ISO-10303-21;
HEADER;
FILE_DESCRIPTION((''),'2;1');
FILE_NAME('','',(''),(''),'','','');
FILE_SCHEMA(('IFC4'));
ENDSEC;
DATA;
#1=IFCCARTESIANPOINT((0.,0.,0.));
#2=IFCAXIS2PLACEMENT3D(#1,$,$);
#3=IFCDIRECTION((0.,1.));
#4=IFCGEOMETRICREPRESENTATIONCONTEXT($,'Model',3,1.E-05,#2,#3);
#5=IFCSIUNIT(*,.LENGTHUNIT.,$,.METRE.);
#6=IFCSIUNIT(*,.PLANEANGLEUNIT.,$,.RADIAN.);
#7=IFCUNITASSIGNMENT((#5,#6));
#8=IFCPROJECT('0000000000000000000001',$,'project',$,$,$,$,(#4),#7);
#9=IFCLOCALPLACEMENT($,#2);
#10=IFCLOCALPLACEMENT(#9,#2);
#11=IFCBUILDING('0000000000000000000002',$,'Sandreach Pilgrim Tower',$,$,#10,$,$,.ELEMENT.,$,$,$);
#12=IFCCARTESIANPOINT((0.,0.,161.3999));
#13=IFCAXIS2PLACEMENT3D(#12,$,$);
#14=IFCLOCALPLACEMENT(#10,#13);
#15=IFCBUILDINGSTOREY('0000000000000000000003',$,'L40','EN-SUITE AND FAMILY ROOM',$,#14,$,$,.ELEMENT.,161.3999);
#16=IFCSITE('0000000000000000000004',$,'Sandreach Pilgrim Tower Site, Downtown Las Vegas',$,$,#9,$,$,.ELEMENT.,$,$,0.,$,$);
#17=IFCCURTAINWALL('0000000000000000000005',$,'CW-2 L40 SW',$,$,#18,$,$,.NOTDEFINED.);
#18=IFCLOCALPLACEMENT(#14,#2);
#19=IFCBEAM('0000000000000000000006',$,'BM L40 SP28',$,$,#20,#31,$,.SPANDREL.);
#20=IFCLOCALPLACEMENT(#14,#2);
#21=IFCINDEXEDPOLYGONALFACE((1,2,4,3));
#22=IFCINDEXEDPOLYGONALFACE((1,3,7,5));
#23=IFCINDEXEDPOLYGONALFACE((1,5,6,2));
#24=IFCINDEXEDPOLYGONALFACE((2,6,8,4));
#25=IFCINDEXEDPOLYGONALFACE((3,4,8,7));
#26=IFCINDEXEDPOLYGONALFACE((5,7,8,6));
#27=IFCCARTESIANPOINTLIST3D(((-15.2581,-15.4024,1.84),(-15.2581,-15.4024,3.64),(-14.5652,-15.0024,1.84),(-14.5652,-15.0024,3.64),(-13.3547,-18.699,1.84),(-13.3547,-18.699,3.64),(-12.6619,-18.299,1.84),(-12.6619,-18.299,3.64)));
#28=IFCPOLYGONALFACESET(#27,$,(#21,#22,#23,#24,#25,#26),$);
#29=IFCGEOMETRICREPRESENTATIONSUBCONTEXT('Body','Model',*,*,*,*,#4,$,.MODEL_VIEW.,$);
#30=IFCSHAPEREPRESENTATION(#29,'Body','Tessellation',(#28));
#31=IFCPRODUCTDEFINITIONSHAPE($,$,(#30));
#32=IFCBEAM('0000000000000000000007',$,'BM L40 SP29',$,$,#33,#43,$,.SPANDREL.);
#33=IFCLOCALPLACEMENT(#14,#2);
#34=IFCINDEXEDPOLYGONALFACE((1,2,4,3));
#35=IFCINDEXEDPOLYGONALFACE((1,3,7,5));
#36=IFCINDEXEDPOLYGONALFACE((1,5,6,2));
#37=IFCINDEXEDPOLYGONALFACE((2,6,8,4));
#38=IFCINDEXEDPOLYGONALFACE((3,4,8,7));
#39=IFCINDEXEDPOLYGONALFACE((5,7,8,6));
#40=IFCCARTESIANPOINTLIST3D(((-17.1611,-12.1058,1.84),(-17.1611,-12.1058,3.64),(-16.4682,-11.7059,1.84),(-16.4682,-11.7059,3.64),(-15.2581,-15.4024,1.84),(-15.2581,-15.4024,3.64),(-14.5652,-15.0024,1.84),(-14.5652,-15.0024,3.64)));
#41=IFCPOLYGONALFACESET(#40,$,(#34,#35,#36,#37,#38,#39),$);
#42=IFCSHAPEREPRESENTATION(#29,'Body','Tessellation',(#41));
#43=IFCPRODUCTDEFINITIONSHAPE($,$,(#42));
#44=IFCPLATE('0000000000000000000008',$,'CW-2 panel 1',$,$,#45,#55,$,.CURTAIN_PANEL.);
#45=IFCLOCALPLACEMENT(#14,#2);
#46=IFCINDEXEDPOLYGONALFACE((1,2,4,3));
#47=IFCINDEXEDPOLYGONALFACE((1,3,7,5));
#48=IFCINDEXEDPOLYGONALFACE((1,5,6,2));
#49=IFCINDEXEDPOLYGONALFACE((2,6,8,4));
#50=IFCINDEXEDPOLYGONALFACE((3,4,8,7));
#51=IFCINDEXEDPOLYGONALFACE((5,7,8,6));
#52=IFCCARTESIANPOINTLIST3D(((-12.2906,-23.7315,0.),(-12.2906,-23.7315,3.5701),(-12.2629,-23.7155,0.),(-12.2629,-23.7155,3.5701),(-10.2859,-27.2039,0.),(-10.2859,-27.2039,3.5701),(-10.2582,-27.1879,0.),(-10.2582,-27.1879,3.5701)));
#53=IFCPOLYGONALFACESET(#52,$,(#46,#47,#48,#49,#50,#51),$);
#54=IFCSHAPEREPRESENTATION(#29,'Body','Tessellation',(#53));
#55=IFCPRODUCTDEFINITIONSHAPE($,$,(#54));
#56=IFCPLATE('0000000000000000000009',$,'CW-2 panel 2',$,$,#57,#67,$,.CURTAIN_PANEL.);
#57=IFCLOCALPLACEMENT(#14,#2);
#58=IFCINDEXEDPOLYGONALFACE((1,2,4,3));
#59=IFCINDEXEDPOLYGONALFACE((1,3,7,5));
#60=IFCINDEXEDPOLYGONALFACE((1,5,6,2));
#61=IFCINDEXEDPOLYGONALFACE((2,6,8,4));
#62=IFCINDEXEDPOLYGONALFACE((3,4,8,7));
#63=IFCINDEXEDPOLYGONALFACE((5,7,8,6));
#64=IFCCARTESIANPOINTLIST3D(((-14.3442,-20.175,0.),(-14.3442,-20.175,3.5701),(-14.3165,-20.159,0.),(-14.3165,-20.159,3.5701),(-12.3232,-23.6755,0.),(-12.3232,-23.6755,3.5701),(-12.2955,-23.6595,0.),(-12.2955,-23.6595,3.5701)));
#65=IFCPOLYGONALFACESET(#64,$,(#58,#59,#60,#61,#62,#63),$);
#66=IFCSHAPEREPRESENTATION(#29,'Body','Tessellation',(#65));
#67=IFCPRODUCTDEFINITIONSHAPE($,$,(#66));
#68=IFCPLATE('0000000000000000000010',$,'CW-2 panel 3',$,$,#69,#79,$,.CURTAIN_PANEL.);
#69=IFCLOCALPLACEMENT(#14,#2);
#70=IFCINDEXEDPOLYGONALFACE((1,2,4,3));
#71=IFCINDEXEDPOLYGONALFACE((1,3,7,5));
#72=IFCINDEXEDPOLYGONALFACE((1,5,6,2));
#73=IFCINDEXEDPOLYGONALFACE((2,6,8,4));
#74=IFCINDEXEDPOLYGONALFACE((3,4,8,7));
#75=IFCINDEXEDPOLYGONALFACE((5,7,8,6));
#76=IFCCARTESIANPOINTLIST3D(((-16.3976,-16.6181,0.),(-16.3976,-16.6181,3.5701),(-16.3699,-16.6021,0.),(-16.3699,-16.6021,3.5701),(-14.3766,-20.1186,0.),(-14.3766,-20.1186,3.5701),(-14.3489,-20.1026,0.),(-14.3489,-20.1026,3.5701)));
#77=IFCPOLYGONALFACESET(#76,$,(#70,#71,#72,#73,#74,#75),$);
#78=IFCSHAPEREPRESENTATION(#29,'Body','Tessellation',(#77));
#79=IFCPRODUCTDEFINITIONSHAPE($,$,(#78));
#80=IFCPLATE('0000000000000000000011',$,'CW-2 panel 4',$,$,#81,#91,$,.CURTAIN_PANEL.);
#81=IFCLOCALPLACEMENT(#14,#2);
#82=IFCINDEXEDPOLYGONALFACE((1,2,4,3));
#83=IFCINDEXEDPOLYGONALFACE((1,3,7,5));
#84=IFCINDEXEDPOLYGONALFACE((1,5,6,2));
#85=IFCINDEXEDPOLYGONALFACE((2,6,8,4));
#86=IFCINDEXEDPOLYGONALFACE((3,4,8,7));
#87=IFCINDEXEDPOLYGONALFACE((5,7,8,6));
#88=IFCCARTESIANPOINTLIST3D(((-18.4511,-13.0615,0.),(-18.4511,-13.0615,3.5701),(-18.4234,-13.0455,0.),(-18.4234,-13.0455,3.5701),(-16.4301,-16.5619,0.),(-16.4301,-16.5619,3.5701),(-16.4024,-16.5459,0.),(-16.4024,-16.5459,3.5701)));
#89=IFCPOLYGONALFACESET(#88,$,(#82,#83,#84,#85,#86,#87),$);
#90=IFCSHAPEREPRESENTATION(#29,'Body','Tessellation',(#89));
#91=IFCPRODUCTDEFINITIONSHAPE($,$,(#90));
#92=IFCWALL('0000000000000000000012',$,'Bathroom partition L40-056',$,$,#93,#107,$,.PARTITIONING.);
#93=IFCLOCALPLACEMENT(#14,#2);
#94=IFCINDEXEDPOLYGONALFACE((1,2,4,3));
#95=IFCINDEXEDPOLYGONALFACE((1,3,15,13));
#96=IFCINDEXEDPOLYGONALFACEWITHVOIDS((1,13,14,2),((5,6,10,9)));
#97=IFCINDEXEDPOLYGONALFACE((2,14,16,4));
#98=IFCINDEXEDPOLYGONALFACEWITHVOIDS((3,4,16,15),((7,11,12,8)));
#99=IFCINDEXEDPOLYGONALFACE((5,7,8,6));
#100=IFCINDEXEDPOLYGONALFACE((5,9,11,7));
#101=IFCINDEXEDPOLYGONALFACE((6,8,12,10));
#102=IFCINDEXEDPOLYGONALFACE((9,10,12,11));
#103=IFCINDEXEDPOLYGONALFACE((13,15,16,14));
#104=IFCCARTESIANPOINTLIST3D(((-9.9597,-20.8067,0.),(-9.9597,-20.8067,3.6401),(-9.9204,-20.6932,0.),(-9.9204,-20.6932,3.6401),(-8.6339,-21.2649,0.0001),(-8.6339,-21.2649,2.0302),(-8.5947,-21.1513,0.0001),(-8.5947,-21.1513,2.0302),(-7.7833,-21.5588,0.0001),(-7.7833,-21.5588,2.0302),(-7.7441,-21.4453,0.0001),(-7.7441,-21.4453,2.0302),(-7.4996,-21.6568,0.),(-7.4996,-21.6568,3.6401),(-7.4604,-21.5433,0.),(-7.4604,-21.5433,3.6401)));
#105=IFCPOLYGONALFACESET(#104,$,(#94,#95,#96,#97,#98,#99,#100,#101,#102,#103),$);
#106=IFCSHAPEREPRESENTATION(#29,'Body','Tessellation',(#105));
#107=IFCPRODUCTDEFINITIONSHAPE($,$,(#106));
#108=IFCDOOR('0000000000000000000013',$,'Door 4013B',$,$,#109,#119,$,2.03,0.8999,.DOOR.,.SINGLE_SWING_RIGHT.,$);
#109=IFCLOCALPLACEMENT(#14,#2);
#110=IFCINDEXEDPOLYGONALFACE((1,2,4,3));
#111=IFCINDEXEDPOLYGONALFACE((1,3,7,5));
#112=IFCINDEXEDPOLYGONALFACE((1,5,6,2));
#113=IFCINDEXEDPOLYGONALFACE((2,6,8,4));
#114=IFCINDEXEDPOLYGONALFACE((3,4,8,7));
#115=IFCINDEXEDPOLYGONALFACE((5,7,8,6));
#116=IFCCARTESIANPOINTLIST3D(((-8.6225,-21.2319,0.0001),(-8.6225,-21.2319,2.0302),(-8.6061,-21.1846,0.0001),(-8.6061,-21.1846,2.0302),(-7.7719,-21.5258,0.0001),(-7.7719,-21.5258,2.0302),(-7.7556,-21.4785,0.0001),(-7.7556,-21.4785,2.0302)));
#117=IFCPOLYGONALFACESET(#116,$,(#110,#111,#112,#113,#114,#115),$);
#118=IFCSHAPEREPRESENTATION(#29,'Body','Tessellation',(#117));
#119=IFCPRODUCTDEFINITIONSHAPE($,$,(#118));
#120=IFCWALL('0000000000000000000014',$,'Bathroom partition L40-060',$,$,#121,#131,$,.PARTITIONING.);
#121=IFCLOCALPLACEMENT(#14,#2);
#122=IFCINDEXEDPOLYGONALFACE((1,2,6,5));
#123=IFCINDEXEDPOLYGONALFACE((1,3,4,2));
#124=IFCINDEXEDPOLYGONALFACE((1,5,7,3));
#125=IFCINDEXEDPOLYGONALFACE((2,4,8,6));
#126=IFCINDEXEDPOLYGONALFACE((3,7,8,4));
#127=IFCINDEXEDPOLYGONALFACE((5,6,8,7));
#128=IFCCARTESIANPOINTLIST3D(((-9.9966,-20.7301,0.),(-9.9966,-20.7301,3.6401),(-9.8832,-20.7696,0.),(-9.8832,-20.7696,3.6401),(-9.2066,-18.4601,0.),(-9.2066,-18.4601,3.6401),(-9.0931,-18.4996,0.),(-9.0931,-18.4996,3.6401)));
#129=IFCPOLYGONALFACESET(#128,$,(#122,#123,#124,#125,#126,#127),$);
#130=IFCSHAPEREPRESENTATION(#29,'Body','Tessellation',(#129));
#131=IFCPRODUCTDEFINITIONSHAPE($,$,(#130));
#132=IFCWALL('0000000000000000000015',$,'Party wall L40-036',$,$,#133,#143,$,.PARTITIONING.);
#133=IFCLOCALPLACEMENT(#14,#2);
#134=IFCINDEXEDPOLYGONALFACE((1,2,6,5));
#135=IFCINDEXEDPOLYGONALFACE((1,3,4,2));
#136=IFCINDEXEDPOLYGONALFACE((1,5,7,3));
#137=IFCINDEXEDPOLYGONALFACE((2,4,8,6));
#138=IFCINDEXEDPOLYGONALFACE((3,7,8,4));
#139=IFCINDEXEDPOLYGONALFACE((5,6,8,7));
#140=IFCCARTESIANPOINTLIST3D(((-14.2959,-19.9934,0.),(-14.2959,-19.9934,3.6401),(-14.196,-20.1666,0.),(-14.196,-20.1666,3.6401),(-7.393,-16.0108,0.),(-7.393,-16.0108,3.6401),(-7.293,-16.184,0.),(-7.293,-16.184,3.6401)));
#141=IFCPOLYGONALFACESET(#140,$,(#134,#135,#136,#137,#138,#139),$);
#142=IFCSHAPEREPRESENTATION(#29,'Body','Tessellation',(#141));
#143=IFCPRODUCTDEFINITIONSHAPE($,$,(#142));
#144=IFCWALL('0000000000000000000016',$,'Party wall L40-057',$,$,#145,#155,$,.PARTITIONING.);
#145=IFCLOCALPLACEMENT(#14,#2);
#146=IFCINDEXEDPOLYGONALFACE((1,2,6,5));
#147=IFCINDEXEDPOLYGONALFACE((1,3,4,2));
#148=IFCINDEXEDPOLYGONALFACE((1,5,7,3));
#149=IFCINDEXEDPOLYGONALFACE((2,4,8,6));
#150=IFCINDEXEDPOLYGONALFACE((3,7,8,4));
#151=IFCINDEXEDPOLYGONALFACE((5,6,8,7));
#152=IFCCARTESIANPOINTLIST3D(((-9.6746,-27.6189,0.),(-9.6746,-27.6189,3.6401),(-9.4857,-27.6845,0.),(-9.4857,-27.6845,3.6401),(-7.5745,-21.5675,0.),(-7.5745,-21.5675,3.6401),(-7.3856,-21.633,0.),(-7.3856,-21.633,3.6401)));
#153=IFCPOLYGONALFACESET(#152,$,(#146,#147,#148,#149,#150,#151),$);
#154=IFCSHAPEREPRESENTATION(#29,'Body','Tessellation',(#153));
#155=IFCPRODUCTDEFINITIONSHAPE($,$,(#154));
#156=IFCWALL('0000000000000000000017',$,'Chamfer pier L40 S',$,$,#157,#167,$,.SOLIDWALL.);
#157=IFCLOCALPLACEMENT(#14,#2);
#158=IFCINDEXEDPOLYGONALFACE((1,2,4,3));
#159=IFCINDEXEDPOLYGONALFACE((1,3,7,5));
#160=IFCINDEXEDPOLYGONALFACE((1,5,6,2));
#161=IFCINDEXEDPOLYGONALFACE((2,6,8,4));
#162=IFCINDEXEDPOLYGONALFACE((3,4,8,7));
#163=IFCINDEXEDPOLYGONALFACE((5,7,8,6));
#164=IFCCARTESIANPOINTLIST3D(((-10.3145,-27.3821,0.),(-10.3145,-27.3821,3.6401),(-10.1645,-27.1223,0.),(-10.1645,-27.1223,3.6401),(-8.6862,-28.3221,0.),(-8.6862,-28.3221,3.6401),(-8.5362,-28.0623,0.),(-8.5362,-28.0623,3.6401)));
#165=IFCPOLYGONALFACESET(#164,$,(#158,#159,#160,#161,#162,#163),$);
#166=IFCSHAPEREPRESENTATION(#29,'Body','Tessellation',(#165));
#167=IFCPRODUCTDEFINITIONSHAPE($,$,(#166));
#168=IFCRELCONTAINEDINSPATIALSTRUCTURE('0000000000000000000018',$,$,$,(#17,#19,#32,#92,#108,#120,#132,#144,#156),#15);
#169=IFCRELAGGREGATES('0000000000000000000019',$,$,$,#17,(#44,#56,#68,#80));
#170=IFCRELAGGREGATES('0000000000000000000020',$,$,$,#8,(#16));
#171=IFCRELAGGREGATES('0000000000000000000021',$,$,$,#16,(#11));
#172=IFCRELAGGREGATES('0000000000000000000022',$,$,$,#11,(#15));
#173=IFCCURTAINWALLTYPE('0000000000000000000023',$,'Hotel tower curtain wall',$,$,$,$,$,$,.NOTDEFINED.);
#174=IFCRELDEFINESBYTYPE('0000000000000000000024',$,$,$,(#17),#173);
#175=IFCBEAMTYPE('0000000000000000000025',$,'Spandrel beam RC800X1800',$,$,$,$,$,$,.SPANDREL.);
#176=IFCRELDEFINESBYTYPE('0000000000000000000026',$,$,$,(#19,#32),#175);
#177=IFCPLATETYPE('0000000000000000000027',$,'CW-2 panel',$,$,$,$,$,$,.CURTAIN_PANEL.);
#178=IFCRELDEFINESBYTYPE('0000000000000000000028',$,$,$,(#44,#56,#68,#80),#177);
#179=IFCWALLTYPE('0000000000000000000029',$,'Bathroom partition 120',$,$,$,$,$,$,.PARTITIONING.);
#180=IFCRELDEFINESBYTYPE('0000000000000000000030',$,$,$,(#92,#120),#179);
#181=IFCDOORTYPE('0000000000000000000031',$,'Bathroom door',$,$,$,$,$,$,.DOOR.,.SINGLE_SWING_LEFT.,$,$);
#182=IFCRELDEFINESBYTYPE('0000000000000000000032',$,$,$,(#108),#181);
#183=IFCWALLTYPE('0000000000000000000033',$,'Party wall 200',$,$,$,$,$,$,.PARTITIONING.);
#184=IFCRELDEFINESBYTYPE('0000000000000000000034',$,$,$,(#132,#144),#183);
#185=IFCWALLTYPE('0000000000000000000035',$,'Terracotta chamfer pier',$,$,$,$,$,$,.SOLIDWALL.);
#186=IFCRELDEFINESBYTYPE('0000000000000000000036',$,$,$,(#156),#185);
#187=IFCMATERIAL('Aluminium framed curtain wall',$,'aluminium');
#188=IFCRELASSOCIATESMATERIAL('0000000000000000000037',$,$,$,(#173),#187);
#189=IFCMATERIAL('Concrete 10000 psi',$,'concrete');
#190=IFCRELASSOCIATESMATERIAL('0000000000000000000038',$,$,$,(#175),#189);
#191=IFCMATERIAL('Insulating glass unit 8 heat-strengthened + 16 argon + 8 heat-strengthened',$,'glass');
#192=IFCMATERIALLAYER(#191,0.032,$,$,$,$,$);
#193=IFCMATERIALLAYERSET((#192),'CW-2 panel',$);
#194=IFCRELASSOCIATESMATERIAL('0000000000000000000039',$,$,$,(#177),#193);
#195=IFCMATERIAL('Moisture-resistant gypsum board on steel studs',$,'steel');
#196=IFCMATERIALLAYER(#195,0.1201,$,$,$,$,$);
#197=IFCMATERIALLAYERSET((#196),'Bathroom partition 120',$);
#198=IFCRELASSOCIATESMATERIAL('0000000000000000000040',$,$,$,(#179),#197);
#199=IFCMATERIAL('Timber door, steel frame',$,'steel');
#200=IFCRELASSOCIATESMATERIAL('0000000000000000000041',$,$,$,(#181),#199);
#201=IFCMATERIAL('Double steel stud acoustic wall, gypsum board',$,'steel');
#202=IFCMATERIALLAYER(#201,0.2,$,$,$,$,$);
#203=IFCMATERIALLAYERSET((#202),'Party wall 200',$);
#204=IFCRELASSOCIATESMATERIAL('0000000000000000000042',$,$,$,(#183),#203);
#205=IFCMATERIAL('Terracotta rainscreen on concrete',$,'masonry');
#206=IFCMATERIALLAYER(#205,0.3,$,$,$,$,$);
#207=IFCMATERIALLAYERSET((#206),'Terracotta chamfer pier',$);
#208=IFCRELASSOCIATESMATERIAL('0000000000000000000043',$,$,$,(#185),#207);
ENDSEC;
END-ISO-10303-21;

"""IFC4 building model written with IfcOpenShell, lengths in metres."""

from ifc_helpers import new_model, si_unit, direction, frame, frame_2d, origin, origin_2d, place, context, subcontext, project, spatial, rectangle, extrude, material, layer, layer_set, material_profile, profile_set, type_object, element, fill, aggregate, save


model = new_model("IFC4")

# Units and contexts
model_context = context("Model", 3, precision=1e-05, world=origin(), true_north=direction((0.0, 1.0)))
body_context = subcontext(model_context, "Body", "Model", "MODEL_VIEW")
ifc_project = project(units=[si_unit("LENGTHUNIT", "METRE"), si_unit("PLANEANGLEUNIT", "RADIAN")], contexts=[model_context])

# Site, building, storey
site_placement = place(None, origin())
site = spatial("IfcSite", under=ifc_project, at=site_placement, Name="Sandreach Pilgrim Tower Site, Downtown Las Vegas", CompositionType="ELEMENT", RefElevation=0.0)
building_placement = place(site_placement, origin())
building = spatial("IfcBuilding", under=site, at=building_placement, Name="Sandreach Pilgrim Tower", CompositionType="ELEMENT")
storey_placement = place(building_placement, frame((0.0, 0.0, 161.3999)))
storey = spatial("IfcBuildingStorey", under=building, at=storey_placement, Name="L40", Description="EN-SUITE AND FAMILY ROOM", CompositionType="ELEMENT", Elevation=161.3999)

# Shared definitions
ifc_material_1 = material(Name="Aluminium framed curtain wall", Category="aluminium")
curtain_wall_type = type_object("IfcCurtainWallType", Name="Hotel tower curtain wall", PredefinedType="NOTDEFINED", material=ifc_material_1)

# Curtain wall
curtain_wall_1_placement = place(storey_placement, origin())
curtain_wall_1 = element("IfcCurtainWall", 1, at=curtain_wall_1_placement, inside=storey, type_object=curtain_wall_type, Name="CW-2 L40 SW", PredefinedType="NOTDEFINED")

# Beams
ifc_material_2 = material(Name="Concrete 10000 psi", Category="concrete")
ifc_material_profile_1 = material_profile(ifc_material_2, rectangle(XDim=0.8, YDim=1.8, at=origin_2d()), Name="RC800X1800")
ifc_profile_set_1 = profile_set([ifc_material_profile_1], Name="Concrete 10000 psi")
beam_type_1 = type_object("IfcBeamType", Name="Spandrel beam RC800X1800", PredefinedType="SPANDREL", material=ifc_profile_set_1)
beam_1_placement = place(storey_placement, frame((-13.0083, -18.499, 2.74), z_axis=(-0.500002, 0.866024, 0.0), x_axis=(-0.866024, -0.500002, 0.0)))
element("IfcBeam", 2, at=beam_1_placement, inside=storey, type_object=beam_type_1, Name="BM L40 SP28", PredefinedType="SPANDREL", context=body_context, shape_type="SweptSolid", body=[
    extrude(rectangle(XDim=0.8, YDim=1.8, at=origin_2d()), origin(), (0.0, 0.0, 1.0), 3.8066),
])
beam_2_placement = place(storey_placement, frame((-14.9116, -15.2024, 2.74), z_axis=(-0.499954, 0.866052, 0.0), x_axis=(-0.866052, -0.499954, 0.0)))
element("IfcBeam", 3, at=beam_2_placement, inside=storey, type_object=beam_type_1, Name="BM L40 SP29", PredefinedType="SPANDREL", context=body_context, shape_type="SweptSolid", body=[
    extrude(rectangle(XDim=0.8, YDim=1.8, at=origin_2d()), origin(), (0.0, 0.0, 1.0), 3.8064),
])

# Plates
ifc_material_3 = material(Name="Insulating glass unit 8 heat-strengthened + 16 argon + 8 heat-strengthened", Category="glass")
ifc_layer_1 = layer(ifc_material_3, 0.032)
ifc_layer_set_1 = layer_set([ifc_layer_1], Name="CW-2 panel")
plate_type = type_object("IfcPlateType", Name="CW-2 panel", PredefinedType="CURTAIN_PANEL", material=ifc_layer_set_1)
plate_1_placement = place(storey_placement, frame((-11.2744, -25.4597, 0.0), z_axis=(0.0, 0.0, 1.0), x_axis=(-0.5, 0.866025, 0.0)))
plate_1 = element("IfcPlate", 4, at=plate_1_placement, type_object=plate_type, Name="CW-2 panel 1", PredefinedType="CURTAIN_PANEL", context=body_context, shape_type="SweptSolid", body=[
    extrude(rectangle(XDim=4.0095, YDim=0.032, at=origin_2d()), origin(), (0.0, 0.0, 1.0), 3.5701),
])
plate_2_placement = place(storey_placement, frame((-13.3198, -21.9172, 0.0), z_axis=(0.0, 0.0, 1.0), x_axis=(-0.5, 0.866025, 0.0)))
plate_2 = element("IfcPlate", 5, at=plate_2_placement, type_object=plate_type, Name="CW-2 panel 2", PredefinedType="CURTAIN_PANEL", context=body_context, shape_type="SweptSolid", body=[
    extrude(rectangle(XDim=4.042, YDim=0.032, at=origin_2d()), origin(), (0.0, 0.0, 1.0), 3.5701),
])
plate_3_placement = place(storey_placement, frame((-15.3733, -18.3604, 0.0), z_axis=(0.0, 0.0, 1.0), x_axis=(-0.5, 0.866025, 0.0)))
plate_3 = element("IfcPlate", 6, at=plate_3_placement, type_object=plate_type, Name="CW-2 panel 3", PredefinedType="CURTAIN_PANEL", context=body_context, shape_type="SweptSolid", body=[
    extrude(rectangle(XDim=4.042, YDim=0.032, at=origin_2d()), origin(), (0.0, 0.0, 1.0), 3.5701),
])
plate_4_placement = place(storey_placement, frame((-17.4268, -14.8037, 0.0), z_axis=(0.0, 0.0, 1.0), x_axis=(-0.5, 0.866025, 0.0)))
plate_4 = element("IfcPlate", 7, at=plate_4_placement, type_object=plate_type, Name="CW-2 panel 4", PredefinedType="CURTAIN_PANEL", context=body_context, shape_type="SweptSolid", body=[
    extrude(rectangle(XDim=4.042, YDim=0.032, at=origin_2d()), origin(), (0.0, 0.0, 1.0), 3.5701),
])
aggregate(curtain_wall_1, [plate_1, plate_2, plate_3, plate_4])

# Wall, opening, door
ifc_material_4 = material(Name="Moisture-resistant gypsum board on steel studs", Category="steel")
ifc_layer_2 = layer(ifc_material_4, 0.1201)
ifc_layer_set_2 = layer_set([ifc_layer_2], Name="Bathroom partition 120")
wall_type_1 = type_object("IfcWallType", Name="Bathroom partition 120", PredefinedType="PARTITIONING", material=ifc_layer_set_2)
wall_1_placement = place(storey_placement, frame((-9.9399, -20.75, 0.0), z_axis=(0.0, 0.0, 1.0), x_axis=(0.945155, -0.326621, 0.0)))
wall_1 = element("IfcWall", 8, at=wall_1_placement, inside=storey, type_object=wall_type_1, Name="Bathroom partition L40-056", PredefinedType="PARTITIONING", context=body_context, shape_type="SweptSolid", body=[
    extrude(rectangle(XDim=2.6028, YDim=0.1201, at=frame_2d((1.3013, 0.0))), origin(), (0.0, 0.0, 1.0), 3.6401),
])
opening_placement = place(wall_1_placement, frame((1.4026, 0.0, 0.0)))
opening = element("IfcOpeningElement", 9, at=opening_placement, cuts=wall_1, PredefinedType="OPENING", context=body_context, shape_type="SweptSolid", body=[
    extrude(rectangle(XDim=0.8999, YDim=2.03, at=frame_2d((0.45, 1.0151))), frame((0.0, 0.0601, 0.0), z_axis=(0.0, -1.0, 0.0), x_axis=(1.0, 0.0, 0.0)), (0.0, 0.0, 1.0), 0.1201),
])
ifc_material_5 = material(Name="Timber door, steel frame", Category="steel")
door_type = type_object("IfcDoorType", Name="Bathroom door", OperationType="SINGLE_SWING_LEFT", PredefinedType="DOOR", material=ifc_material_5)
door_placement = place(opening_placement, origin())
door = element("IfcDoor", 10, at=door_placement, inside=storey, type_object=door_type, Name="Door 4013B", OperationType="SINGLE_SWING_RIGHT", OverallHeight=2.03, OverallWidth=0.8999, PredefinedType="DOOR", context=body_context, shape_type="SweptSolid", body=[
    extrude(rectangle(XDim=0.8999, YDim=2.03, at=frame_2d((0.45, 1.0151))), frame((0.0, 0.0249, 0.0), z_axis=(0.0, -1.0, 0.0), x_axis=(1.0, 0.0, 0.0)), (0.0, 0.0, 1.0), 0.05),
])
fill(opening, door)

# Walls
wall_2_placement = place(storey_placement, frame((-9.1499, -18.48, 0.0), z_axis=(0.0, 0.0, 1.0), x_axis=(-0.328694, -0.944436, 0.0)))
element("IfcWall", 11, at=wall_2_placement, inside=storey, type_object=wall_type_1, Name="Bathroom partition L40-060", PredefinedType="PARTITIONING", context=body_context, shape_type="SweptSolid", body=[
    extrude(rectangle(XDim=2.4036, YDim=0.1201, at=frame_2d((1.2017, 0.0))), origin(), (0.0, 0.0, 1.0), 3.6401),
])
ifc_material_6 = material(Name="Double steel stud acoustic wall, gypsum board", Category="steel")
ifc_layer_3 = layer(ifc_material_6, 0.2)
ifc_layer_set_3 = layer_set([ifc_layer_3], Name="Party wall 200")
wall_type_2 = type_object("IfcWallType", Name="Party wall 200", PredefinedType="PARTITIONING", material=ifc_layer_set_3)
wall_3_placement = place(storey_placement, frame((-14.2461, -20.0801, 0.0), z_axis=(0.0, 0.0, 1.0), x_axis=(0.866179, 0.499734, 0.0)))
element("IfcWall", 12, at=wall_3_placement, inside=storey, type_object=wall_type_2, Name="Party wall L40-036", PredefinedType="PARTITIONING", context=body_context, shape_type="SweptSolid", body=[
    extrude(rectangle(XDim=7.9695, YDim=0.2, at=frame_2d((3.9849, 0.0))), origin(), (0.0, 0.0, 1.0), 3.6401),
])
wall_4_placement = place(storey_placement, frame((-9.5801, -27.6516, 0.0), z_axis=(0.0, 0.0, 1.0), x_axis=(0.327855, 0.944728, 0.0)))
element("IfcWall", 13, at=wall_4_placement, inside=storey, type_object=wall_type_2, Name="Party wall L40-057", PredefinedType="PARTITIONING", context=body_context, shape_type="SweptSolid", body=[
    extrude(rectangle(XDim=6.4055, YDim=0.2, at=frame_2d((3.2026, 0.0))), origin(), (0.0, 0.0, 1.0), 3.6401),
])
ifc_material_7 = material(Name="Terracotta rainscreen on concrete", Category="masonry")
ifc_layer_4 = layer(ifc_material_7, 0.3)
ifc_layer_set_4 = layer_set([ifc_layer_4], Name="Terracotta chamfer pier")
wall_type_3 = type_object("IfcWallType", Name="Terracotta chamfer pier", PredefinedType="SOLIDWALL", material=ifc_layer_set_4)
wall_5_placement = place(storey_placement, frame((-8.6113, -28.1921, 0.0), z_axis=(0.0, 0.0, 1.0), x_axis=(-0.866045, 0.499966, 0.0)))
element("IfcWall", 14, at=wall_5_placement, inside=storey, type_object=wall_type_3, Name="Chamfer pier L40 S", PredefinedType="SOLIDWALL", context=body_context, shape_type="SweptSolid", body=[
    extrude(rectangle(XDim=1.8801, YDim=0.3, at=frame_2d((0.9399, 0.0))), origin(), (0.0, 0.0, 1.0), 3.6401),
])

save(model, "model.ifc")
